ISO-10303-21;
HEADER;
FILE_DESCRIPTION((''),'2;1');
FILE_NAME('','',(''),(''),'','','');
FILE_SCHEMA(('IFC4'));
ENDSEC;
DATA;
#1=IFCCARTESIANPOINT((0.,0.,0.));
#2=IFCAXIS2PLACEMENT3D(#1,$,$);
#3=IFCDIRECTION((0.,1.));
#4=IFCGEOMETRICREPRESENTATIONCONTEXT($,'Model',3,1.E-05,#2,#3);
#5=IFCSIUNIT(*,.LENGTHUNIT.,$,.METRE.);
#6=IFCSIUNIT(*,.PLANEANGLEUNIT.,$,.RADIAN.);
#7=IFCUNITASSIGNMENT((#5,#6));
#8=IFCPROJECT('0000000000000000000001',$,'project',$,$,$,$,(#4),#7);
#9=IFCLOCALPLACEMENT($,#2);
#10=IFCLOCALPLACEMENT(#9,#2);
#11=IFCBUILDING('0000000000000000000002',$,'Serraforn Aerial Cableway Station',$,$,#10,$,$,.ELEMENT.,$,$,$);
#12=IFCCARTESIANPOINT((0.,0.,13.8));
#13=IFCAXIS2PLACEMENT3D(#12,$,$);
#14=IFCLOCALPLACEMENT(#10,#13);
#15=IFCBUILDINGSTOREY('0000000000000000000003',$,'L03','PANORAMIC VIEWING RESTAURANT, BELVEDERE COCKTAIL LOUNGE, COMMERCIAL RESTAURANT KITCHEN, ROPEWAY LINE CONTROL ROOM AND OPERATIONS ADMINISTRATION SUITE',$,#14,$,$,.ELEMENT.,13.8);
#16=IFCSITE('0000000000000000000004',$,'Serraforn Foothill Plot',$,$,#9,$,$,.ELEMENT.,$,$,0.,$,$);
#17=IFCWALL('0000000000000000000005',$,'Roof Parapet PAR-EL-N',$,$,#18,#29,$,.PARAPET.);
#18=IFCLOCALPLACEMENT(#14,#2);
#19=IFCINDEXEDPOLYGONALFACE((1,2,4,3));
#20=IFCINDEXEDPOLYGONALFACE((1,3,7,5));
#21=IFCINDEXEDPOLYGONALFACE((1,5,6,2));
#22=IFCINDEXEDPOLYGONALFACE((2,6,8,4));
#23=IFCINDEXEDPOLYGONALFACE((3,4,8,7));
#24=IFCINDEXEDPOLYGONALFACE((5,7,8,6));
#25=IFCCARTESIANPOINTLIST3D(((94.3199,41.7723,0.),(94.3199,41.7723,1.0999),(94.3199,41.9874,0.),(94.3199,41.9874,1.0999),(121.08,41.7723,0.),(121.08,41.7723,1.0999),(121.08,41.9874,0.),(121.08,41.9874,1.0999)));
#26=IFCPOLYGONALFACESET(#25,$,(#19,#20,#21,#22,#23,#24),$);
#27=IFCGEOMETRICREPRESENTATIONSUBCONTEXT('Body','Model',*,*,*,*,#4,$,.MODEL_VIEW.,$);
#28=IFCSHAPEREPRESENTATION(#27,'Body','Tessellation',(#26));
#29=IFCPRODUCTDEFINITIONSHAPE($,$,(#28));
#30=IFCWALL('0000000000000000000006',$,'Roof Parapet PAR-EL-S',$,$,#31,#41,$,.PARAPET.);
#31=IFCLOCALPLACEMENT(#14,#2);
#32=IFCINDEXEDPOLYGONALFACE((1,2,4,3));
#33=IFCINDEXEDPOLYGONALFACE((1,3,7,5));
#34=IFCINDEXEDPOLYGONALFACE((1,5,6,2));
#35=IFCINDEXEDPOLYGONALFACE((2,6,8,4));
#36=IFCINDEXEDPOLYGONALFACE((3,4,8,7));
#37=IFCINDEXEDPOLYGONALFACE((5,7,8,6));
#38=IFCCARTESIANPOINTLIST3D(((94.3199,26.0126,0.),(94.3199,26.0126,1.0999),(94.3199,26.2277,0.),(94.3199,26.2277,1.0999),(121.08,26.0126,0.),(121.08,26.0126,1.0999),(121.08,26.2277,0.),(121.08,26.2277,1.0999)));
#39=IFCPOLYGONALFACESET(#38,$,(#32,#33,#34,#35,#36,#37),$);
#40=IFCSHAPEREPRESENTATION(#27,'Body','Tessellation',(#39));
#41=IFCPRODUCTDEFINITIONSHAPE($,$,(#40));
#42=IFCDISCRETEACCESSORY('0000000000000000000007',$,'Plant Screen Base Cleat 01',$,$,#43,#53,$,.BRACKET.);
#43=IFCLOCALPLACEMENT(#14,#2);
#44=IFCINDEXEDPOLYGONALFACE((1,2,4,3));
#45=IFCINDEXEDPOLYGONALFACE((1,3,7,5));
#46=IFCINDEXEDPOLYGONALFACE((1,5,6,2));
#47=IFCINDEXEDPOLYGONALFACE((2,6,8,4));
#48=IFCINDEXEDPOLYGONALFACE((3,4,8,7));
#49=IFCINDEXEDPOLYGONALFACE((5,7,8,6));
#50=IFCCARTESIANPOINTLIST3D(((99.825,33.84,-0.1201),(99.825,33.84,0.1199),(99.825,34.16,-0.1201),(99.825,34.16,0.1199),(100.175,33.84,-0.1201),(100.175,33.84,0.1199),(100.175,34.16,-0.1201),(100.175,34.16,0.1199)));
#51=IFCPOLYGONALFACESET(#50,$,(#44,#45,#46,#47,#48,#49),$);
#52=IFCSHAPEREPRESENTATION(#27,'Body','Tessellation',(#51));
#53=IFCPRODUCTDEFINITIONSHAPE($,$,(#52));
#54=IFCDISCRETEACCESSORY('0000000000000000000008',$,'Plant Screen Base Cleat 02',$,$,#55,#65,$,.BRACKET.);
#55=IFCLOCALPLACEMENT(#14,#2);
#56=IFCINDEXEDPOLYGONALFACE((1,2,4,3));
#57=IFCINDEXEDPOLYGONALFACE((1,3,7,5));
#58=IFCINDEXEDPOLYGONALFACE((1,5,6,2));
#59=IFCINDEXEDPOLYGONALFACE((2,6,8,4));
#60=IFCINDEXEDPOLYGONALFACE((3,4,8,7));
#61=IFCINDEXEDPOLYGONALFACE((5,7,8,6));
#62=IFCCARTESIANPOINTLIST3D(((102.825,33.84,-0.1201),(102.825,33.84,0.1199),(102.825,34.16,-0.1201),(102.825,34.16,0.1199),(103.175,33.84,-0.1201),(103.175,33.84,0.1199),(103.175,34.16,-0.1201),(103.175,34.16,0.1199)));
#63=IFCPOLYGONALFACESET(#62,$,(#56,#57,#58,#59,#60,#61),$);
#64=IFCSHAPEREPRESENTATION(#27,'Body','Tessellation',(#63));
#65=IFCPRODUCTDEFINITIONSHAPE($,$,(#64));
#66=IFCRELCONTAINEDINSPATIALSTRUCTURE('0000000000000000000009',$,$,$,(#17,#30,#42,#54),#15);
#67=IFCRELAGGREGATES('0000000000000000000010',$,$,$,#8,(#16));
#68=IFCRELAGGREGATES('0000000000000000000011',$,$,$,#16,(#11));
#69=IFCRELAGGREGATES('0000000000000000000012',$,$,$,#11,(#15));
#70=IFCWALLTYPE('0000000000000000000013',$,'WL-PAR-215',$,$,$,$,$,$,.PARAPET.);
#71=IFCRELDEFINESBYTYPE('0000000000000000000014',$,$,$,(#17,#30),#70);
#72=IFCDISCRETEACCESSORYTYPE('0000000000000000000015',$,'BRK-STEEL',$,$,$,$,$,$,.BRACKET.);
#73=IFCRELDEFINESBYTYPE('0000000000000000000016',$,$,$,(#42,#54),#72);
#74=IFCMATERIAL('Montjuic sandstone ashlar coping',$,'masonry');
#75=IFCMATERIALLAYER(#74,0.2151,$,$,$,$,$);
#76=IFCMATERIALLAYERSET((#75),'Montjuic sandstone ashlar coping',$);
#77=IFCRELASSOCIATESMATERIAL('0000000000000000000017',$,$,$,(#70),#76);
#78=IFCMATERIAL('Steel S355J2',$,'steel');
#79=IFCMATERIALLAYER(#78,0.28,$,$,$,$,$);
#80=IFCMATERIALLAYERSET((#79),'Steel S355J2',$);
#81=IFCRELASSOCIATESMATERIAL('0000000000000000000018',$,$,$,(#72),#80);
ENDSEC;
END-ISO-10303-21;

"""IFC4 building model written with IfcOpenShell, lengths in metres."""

from ifc_helpers import new_model, si_unit, direction, frame, frame_2d, origin, origin_2d, place, context, subcontext, project, spatial, rectangle, extrude, material, layer, layer_set, type_object, element, save


model = new_model("IFC4")

# Units and contexts
model_context = context("Model", 3, precision=1e-05, world=origin(), true_north=direction((0.0, 1.0)))
body_context = subcontext(model_context, "Body", "Model", "MODEL_VIEW")
ifc_project = project(units=[si_unit("LENGTHUNIT", "METRE"), si_unit("PLANEANGLEUNIT", "RADIAN")], contexts=[model_context])

# Site, building, storey
site_placement = place(None, origin())
site = spatial("IfcSite", under=ifc_project, at=site_placement, Name="Serraforn Foothill Plot", CompositionType="ELEMENT", RefElevation=0.0)
building_placement = place(site_placement, origin())
building = spatial("IfcBuilding", under=site, at=building_placement, Name="Serraforn Aerial Cableway Station", CompositionType="ELEMENT")
storey_placement = place(building_placement, frame((0.0, 0.0, 13.8)))
storey = spatial("IfcBuildingStorey", under=building, at=storey_placement, Name="L03", Description="PANORAMIC VIEWING RESTAURANT, BELVEDERE COCKTAIL LOUNGE, COMMERCIAL RESTAURANT KITCHEN, ROPEWAY LINE CONTROL ROOM AND OPERATIONS ADMINISTRATION SUITE", CompositionType="ELEMENT", Elevation=13.8)

# Shared definitions
ifc_material_1 = material(Name="Steel S355J2", Category="steel")

# Walls
ifc_material_2 = material(Name="Montjuic sandstone ashlar coping", Category="masonry")
ifc_layer_1 = layer(ifc_material_2, 0.2151)
ifc_layer_set_1 = layer_set([ifc_layer_1], Name="Montjuic sandstone ashlar coping")
wall_type = type_object("IfcWallType", Name="WL-PAR-215", PredefinedType="PARAPET", material=ifc_layer_set_1)
for number, where, z_axis, x_axis, name in (
    (1, (94.3201, 41.8799, 0.0), (0.0, 0.0, 1.0), (1.0, 0.0, 0.0), "Roof Parapet PAR-EL-N"),
    (2, (94.3201, 26.1201, 0.0), (0.0, 0.0, 1.0), (1.0, 0.0, 0.0), "Roof Parapet PAR-EL-S"),
):
    element("IfcWall", number, at=place(storey_placement, frame(where, z_axis=z_axis, x_axis=x_axis)), inside=storey, type_object=wall_type, Name=name, PredefinedType="PARAPET", context=body_context, shape_type="SweptSolid", body=[
        extrude(rectangle(XDim=26.76, YDim=0.2151, at=frame_2d((13.3799, 0.0))), origin(), (0.0, 0.0, 1.0), 1.0999),
    ])

# Discrete accessories
ifc_layer_2 = layer(ifc_material_1, 0.28)
ifc_layer_set_2 = layer_set([ifc_layer_2], Name="Steel S355J2")
discrete_accessory_type = type_object("IfcDiscreteAccessoryType", Name="BRK-STEEL", PredefinedType="BRACKET", material=ifc_layer_set_2)
for number, where, z_axis, x_axis, name in (
    (3, (100.0, 34.0, -0.1201), (0.0, 0.0, 1.0), (1.0, 0.0, 0.0), "Plant Screen Base Cleat 01"),
    (4, (103.0, 34.0, -0.1201), (0.0, 0.0, 1.0), (1.0, 0.0, 0.0), "Plant Screen Base Cleat 02"),
):
    element("IfcDiscreteAccessory", number, at=place(storey_placement, frame(where, z_axis=z_axis, x_axis=x_axis)), inside=storey, type_object=discrete_accessory_type, Name=name, PredefinedType="BRACKET", context=body_context, shape_type="SweptSolid", body=[
        extrude(rectangle(XDim=0.3501, YDim=0.3201, at=origin_2d()), origin(), (0.0, 0.0, 1.0), 0.24),
    ])

save(model, "model.ifc")
